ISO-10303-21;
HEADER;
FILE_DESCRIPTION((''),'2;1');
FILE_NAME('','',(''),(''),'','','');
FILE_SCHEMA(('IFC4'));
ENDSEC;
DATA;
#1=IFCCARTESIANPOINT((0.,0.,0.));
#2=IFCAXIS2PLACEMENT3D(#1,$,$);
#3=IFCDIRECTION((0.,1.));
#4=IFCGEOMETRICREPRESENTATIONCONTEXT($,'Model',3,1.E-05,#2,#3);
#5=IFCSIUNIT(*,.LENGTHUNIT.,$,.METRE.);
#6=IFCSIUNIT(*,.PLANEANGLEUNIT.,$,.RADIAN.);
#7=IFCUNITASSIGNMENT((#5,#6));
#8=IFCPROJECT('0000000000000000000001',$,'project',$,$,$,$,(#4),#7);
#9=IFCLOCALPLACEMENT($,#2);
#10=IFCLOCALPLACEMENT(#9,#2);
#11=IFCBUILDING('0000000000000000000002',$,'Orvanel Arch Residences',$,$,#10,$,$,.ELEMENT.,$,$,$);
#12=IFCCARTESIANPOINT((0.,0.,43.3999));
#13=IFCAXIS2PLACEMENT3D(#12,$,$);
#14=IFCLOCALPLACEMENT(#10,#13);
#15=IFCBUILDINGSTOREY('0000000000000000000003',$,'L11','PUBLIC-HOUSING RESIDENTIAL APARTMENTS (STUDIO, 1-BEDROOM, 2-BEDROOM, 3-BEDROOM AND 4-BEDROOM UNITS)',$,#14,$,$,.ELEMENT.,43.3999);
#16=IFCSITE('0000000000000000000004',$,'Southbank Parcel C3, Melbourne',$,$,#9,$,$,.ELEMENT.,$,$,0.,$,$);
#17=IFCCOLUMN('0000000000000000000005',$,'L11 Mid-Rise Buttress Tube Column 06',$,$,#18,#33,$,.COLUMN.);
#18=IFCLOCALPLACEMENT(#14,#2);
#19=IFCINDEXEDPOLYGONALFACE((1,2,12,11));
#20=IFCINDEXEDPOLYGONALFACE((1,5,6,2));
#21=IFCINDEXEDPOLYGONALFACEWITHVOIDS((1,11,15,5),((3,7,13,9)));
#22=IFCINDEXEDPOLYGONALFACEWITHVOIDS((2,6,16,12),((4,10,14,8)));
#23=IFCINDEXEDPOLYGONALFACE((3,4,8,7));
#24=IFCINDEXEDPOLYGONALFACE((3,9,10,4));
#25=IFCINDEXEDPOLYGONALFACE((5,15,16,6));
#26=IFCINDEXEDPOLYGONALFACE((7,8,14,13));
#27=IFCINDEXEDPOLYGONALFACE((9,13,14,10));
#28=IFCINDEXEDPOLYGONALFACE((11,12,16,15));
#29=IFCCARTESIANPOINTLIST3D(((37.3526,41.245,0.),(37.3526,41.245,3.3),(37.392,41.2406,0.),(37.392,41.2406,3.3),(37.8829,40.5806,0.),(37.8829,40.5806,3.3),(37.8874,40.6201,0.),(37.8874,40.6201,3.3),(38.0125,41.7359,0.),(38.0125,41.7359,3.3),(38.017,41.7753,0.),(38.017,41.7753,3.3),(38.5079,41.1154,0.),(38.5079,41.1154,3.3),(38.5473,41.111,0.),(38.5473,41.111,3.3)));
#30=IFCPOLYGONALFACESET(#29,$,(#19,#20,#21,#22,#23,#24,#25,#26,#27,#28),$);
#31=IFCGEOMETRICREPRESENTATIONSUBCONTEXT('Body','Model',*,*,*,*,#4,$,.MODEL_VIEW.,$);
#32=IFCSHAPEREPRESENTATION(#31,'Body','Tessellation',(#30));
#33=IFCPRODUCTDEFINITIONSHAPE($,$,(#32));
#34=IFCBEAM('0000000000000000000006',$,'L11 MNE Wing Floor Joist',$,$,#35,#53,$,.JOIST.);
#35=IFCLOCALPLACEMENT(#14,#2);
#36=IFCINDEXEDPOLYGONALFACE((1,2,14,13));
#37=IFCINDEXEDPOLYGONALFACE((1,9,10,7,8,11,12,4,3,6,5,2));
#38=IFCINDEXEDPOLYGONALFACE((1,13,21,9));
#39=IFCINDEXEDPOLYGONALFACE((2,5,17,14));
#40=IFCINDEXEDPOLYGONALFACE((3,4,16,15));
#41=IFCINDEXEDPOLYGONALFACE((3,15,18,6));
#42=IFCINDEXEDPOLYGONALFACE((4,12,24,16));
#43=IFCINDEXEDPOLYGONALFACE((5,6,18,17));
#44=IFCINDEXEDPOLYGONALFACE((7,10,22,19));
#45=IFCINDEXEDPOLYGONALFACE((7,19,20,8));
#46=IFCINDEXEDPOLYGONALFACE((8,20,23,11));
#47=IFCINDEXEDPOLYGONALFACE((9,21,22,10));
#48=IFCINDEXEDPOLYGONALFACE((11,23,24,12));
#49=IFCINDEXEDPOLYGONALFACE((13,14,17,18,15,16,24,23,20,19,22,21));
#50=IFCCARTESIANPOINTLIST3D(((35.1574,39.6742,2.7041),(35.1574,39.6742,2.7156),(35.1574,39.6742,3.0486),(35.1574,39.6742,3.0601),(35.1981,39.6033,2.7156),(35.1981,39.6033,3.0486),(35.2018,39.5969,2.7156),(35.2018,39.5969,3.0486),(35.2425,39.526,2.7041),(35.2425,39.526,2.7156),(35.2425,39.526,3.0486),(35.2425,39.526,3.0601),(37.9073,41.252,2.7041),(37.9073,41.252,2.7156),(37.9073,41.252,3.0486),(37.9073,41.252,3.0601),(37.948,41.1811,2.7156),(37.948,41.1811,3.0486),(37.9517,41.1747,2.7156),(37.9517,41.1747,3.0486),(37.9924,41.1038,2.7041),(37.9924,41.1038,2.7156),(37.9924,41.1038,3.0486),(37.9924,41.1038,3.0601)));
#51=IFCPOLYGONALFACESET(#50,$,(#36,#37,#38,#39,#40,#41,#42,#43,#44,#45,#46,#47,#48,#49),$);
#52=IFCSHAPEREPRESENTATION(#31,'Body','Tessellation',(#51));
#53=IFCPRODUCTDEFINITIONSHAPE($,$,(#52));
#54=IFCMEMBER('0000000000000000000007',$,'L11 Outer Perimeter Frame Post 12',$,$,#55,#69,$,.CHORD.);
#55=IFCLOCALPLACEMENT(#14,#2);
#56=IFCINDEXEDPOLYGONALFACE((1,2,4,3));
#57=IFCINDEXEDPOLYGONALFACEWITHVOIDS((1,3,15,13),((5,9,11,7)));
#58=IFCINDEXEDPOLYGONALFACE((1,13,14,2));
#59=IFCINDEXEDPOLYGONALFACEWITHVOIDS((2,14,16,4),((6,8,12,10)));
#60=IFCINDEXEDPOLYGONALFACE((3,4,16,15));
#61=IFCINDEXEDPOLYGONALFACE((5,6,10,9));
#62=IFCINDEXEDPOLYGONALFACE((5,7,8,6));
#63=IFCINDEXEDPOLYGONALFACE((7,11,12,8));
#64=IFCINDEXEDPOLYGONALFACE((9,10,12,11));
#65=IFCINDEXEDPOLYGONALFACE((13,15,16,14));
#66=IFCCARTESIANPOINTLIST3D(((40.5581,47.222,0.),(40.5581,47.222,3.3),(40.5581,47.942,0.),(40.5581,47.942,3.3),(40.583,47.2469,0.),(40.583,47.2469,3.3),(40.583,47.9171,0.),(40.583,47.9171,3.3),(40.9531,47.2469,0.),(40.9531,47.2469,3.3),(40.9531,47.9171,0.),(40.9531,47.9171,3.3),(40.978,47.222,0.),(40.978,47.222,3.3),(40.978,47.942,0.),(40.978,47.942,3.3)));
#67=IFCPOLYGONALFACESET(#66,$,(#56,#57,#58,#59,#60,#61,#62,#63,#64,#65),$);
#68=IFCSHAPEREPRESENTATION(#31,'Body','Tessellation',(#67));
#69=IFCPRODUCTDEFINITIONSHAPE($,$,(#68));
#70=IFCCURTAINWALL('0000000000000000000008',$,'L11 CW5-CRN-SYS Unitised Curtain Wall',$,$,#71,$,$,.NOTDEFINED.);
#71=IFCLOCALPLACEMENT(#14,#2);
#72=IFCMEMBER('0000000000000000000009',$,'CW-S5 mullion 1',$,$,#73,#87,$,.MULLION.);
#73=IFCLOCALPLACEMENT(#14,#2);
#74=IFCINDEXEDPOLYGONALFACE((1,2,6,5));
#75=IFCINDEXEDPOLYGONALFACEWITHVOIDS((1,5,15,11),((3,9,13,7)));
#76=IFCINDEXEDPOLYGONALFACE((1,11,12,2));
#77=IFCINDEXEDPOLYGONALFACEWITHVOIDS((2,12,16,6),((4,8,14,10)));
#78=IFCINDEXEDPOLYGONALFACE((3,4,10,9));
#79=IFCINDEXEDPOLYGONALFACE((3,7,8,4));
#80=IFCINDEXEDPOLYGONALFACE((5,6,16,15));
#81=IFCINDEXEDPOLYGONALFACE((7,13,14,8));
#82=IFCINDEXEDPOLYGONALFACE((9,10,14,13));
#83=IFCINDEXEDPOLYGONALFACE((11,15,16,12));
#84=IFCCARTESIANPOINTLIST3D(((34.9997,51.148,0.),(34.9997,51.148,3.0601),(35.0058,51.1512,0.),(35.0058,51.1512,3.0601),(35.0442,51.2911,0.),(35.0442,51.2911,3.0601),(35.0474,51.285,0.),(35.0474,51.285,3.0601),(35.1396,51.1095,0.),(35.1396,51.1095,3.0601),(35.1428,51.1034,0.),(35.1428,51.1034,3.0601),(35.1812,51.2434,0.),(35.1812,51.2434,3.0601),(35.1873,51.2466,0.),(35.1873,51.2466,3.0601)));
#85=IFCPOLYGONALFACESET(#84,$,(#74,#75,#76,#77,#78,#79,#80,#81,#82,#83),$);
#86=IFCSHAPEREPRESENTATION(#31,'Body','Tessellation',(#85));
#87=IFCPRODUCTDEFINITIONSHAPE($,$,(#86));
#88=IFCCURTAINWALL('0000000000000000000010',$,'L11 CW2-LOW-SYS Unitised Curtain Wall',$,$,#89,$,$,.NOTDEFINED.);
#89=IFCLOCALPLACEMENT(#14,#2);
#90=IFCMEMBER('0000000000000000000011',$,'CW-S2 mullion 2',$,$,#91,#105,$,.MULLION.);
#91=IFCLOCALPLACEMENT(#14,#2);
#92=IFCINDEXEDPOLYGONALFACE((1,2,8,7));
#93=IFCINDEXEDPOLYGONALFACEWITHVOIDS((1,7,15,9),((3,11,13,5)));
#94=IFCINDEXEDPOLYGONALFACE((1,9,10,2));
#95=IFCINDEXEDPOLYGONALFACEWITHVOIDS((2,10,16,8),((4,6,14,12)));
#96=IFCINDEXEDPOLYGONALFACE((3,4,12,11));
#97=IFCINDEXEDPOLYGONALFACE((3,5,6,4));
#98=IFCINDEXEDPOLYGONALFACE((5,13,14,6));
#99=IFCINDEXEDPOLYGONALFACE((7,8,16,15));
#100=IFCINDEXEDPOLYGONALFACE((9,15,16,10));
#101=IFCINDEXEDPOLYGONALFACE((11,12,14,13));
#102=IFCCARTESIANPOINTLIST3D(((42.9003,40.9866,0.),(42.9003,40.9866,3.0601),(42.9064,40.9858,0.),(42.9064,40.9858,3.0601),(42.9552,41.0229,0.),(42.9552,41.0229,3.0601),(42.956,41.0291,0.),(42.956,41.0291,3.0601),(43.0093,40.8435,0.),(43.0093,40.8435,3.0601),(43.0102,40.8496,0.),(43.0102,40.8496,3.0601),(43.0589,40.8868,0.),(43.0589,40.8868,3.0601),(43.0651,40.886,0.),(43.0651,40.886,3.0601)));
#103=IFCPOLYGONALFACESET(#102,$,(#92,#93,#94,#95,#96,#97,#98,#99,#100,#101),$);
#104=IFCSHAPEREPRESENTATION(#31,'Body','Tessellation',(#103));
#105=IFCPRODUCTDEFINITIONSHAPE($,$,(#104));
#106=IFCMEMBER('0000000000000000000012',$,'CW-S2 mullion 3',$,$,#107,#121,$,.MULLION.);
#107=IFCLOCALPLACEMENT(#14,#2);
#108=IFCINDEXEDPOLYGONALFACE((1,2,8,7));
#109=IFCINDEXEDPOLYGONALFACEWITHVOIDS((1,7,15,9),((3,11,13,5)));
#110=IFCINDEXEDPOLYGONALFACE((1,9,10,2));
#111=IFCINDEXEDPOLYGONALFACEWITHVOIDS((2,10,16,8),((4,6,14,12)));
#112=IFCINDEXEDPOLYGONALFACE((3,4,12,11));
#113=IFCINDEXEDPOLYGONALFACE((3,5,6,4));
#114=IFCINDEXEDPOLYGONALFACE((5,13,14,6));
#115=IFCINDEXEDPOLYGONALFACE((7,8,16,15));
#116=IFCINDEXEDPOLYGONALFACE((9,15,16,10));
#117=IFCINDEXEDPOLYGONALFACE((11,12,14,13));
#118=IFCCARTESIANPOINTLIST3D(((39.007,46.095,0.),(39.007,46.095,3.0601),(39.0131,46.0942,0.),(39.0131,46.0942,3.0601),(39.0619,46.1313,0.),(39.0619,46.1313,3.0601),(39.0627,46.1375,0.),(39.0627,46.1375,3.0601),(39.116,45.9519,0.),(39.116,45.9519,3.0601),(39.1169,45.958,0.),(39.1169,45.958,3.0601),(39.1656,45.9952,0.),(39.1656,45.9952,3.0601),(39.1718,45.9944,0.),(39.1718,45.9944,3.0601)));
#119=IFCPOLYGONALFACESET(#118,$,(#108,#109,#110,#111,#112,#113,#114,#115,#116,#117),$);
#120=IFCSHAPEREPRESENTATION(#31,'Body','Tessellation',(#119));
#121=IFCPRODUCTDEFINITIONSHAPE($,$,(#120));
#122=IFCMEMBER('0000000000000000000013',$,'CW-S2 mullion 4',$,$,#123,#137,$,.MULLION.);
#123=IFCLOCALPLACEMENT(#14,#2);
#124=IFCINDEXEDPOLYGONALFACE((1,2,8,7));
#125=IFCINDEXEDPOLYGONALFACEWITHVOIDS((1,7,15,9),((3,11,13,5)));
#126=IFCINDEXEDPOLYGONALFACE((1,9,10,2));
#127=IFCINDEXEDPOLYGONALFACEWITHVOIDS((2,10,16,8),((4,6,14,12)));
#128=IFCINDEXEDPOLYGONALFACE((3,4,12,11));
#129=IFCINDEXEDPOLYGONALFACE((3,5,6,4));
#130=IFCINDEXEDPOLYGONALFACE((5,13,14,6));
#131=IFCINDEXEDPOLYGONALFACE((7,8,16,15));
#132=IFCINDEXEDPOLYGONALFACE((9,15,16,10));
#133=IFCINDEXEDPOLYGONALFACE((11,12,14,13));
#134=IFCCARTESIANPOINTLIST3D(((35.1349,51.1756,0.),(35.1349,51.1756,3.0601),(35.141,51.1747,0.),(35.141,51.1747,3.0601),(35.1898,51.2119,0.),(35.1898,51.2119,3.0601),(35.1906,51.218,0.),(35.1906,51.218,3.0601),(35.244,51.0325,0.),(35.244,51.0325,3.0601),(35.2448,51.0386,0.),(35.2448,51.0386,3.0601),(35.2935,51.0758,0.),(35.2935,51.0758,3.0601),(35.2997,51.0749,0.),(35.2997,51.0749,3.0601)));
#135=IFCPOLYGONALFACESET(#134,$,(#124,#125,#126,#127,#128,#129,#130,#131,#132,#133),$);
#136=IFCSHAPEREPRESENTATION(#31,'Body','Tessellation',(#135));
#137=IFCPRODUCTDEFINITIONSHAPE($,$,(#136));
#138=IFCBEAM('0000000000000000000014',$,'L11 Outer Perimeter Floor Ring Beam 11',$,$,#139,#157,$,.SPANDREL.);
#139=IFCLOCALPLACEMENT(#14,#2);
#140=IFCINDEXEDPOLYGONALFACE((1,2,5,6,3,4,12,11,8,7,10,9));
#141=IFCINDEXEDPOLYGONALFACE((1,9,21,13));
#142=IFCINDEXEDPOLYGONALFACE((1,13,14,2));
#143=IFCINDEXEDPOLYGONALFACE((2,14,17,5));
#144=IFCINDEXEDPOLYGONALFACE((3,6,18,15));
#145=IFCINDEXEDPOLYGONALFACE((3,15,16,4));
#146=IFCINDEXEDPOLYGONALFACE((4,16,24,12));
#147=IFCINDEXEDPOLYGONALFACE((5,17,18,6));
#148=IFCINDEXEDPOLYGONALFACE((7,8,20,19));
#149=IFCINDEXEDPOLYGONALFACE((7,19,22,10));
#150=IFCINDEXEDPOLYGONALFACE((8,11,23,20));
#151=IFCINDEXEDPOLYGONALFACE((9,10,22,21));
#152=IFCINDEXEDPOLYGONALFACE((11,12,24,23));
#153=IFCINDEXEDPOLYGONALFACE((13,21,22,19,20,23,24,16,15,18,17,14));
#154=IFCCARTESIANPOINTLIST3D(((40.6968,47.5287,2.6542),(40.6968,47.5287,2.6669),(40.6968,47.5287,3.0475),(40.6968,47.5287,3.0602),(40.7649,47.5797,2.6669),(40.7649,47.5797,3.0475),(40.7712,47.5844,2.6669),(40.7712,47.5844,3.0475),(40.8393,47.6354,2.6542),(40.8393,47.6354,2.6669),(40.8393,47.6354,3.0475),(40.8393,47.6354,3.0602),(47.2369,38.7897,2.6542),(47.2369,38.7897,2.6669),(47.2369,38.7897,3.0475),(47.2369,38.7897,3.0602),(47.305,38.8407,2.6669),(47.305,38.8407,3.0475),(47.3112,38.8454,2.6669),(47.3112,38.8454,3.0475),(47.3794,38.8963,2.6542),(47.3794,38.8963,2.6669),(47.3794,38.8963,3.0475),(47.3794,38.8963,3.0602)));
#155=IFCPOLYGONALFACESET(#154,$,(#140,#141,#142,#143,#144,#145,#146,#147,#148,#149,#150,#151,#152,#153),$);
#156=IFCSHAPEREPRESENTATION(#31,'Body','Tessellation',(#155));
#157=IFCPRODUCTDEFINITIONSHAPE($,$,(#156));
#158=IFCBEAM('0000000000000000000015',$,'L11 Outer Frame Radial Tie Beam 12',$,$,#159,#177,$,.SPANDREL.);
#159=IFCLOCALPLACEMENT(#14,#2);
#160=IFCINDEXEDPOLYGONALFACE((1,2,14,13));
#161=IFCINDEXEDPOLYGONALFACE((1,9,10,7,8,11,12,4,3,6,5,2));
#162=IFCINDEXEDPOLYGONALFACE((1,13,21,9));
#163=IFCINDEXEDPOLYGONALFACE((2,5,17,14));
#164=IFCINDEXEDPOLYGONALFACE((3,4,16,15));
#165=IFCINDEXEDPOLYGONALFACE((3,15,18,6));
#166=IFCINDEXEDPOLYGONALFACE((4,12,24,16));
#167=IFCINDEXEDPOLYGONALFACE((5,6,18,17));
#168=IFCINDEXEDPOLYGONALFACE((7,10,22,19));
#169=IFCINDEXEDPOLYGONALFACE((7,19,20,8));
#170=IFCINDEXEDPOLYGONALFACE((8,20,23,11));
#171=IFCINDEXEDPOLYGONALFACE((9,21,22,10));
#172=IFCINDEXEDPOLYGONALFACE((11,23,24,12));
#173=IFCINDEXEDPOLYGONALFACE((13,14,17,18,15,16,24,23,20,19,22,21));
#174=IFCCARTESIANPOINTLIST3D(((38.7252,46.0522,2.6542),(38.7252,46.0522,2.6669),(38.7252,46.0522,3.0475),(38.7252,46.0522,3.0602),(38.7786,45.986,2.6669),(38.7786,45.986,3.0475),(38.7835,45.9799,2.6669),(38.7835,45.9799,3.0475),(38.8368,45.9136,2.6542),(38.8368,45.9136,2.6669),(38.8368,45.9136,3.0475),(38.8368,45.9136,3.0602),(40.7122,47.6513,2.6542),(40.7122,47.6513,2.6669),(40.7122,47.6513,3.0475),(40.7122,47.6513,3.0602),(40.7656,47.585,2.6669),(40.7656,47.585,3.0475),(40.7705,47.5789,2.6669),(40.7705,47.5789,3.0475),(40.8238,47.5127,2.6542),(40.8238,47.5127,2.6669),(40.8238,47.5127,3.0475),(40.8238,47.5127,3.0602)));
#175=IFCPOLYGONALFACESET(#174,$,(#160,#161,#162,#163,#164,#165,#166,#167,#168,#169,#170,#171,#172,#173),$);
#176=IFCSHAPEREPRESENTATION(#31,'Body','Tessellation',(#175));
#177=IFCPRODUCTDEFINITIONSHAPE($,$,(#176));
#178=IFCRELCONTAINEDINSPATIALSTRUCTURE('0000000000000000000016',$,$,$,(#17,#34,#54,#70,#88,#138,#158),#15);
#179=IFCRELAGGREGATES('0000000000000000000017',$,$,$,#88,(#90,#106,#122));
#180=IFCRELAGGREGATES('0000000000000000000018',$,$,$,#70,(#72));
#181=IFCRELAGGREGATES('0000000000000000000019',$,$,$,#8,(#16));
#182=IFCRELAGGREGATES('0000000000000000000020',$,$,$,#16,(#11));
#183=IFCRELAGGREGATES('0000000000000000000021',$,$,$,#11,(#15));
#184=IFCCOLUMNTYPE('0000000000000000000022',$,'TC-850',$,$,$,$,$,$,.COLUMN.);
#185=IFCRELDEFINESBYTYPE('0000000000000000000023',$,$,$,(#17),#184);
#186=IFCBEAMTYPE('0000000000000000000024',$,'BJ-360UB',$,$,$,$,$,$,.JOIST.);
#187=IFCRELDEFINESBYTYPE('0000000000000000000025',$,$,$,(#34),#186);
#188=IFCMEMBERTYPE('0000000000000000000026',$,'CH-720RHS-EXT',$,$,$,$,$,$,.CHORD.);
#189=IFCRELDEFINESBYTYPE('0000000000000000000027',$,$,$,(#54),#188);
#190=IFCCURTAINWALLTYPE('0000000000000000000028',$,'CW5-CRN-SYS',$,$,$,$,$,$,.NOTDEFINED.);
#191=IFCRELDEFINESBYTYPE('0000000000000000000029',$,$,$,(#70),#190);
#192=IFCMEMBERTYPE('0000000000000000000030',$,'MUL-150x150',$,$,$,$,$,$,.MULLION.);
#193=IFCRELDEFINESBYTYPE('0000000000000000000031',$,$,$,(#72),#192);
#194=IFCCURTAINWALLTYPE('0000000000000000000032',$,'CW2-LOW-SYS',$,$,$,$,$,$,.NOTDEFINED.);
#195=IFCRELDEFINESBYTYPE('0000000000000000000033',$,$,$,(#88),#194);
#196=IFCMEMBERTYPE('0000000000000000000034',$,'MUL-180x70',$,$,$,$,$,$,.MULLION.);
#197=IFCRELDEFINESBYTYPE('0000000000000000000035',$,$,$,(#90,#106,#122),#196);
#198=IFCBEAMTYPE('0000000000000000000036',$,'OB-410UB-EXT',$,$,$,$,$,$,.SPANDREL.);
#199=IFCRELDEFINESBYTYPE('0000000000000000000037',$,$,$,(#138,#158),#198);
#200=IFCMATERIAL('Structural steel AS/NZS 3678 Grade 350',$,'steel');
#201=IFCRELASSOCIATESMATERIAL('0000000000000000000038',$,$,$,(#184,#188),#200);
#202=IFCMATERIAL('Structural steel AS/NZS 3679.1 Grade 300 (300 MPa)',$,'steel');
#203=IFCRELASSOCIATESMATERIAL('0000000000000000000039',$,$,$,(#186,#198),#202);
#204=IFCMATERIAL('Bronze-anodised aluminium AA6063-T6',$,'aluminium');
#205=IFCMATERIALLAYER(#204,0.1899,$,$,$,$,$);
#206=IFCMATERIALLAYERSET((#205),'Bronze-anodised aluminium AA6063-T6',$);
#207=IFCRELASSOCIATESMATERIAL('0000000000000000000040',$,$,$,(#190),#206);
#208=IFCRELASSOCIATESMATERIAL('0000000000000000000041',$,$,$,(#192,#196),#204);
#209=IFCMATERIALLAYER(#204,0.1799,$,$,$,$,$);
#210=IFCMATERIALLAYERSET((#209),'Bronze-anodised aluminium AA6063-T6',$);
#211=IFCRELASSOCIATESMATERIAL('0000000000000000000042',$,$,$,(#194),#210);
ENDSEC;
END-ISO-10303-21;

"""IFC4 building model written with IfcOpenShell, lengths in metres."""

from ifc_helpers import new_model, si_unit, direction, frame, origin, origin_2d, place, context, subcontext, project, spatial, hollow_rectangle, i_section, extrude, material, layer, layer_set, material_profile, profile_set, type_object, element, aggregate, save


model = new_model("IFC4")

# Units and contexts
model_context = context("Model", 3, precision=1e-05, world=origin(), true_north=direction((0.0, 1.0)))
body_context = subcontext(model_context, "Body", "Model", "MODEL_VIEW")
ifc_project = project(units=[si_unit("LENGTHUNIT", "METRE"), si_unit("PLANEANGLEUNIT", "RADIAN")], contexts=[model_context])

# Site, building, storey
site_placement = place(None, origin())
site = spatial("IfcSite", under=ifc_project, at=site_placement, Name="Southbank Parcel C3, Melbourne", CompositionType="ELEMENT", RefElevation=0.0)
building_placement = place(site_placement, origin())
building = spatial("IfcBuilding", under=site, at=building_placement, Name="Orvanel Arch Residences", CompositionType="ELEMENT")
storey_placement = place(building_placement, frame((0.0, 0.0, 43.3999)))
storey = spatial("IfcBuildingStorey", under=building, at=storey_placement, Name="L11", Description="PUBLIC-HOUSING RESIDENTIAL APARTMENTS (STUDIO, 1-BEDROOM, 2-BEDROOM, 3-BEDROOM AND 4-BEDROOM UNITS)", CompositionType="ELEMENT", Elevation=43.3999)

# Column
ifc_material_1 = material(Name="Structural steel AS/NZS 3678 Grade 350", Category="steel")
ifc_material_profile_1 = material_profile(ifc_material_1, hollow_rectangle(XDim=0.8501, YDim=0.8501, WallThickness=0.0281, at=origin_2d()), Name="BOX850x850x28")
ifc_profile_set_1 = profile_set([ifc_material_profile_1], Name="Structural steel AS/NZS 3678 Grade 350")
column_type = type_object("IfcColumnType", Name="TC-850", PredefinedType="COLUMN", material=ifc_profile_set_1)
column_placement = place(storey_placement, frame((37.95, 41.178, 0.0), z_axis=(0.0, 0.0, 1.0), x_axis=(-0.62388, 0.78152, 0.0)))
element("IfcColumn", 1, at=column_placement, inside=storey, type_object=column_type, Name="L11 Mid-Rise Buttress Tube Column 06", PredefinedType="COLUMN", context=body_context, shape_type="SweptSolid", body=[
    extrude(hollow_rectangle(XDim=0.8501, YDim=0.8501, WallThickness=0.0281, at=origin_2d()), origin(), (0.0, 0.0, 1.0), 3.3),
])

# Beam
ifc_material_2 = material(Name="Structural steel AS/NZS 3679.1 Grade 300 (300 MPa)", Category="steel")
ifc_material_profile_2 = material_profile(ifc_material_2, i_section(OverallWidth=0.1709, OverallDepth=0.356, WebThickness=0.0073, FlangeThickness=0.0115, at=origin_2d()), Name="360UB50.7")
ifc_profile_set_2 = profile_set([ifc_material_profile_2], Name="Structural steel AS/NZS 3679.1 Grade 300 (300 MPa)")
beam_type_1 = type_object("IfcBeamType", Name="BJ-360UB", PredefinedType="JOIST", material=ifc_profile_set_2)
beam_1_placement = place(storey_placement, frame((35.2, 39.6001, 2.8821), z_axis=(0.867365, 0.497672, 0.0), x_axis=(-0.497672, 0.867365, 0.0)))
element("IfcBeam", 2, at=beam_1_placement, inside=storey, type_object=beam_type_1, Name="L11 MNE Wing Floor Joist", PredefinedType="JOIST", context=body_context, shape_type="SweptSolid", body=[
    extrude(i_section(OverallWidth=0.1709, OverallDepth=0.356, WebThickness=0.0073, FlangeThickness=0.0115, at=origin_2d()), origin(), (0.0, 0.0, 1.0), 3.1704),
])

# Member
ifc_material_profile_3 = material_profile(ifc_material_1, hollow_rectangle(XDim=0.4199, YDim=0.72, WallThickness=0.0249, at=origin_2d()), Name="RHS720x420x25")
ifc_profile_set_3 = profile_set([ifc_material_profile_3], Name="Structural steel AS/NZS 3678 Grade 350")
member_type_1 = type_object("IfcMemberType", Name="CH-720RHS-EXT", PredefinedType="CHORD", material=ifc_profile_set_3)
member_1_placement = place(storey_placement, frame((40.7681, 47.582, 0.0), z_axis=(0.0, 0.0, 1.0), x_axis=(1.0, 0.0, 0.0)))
element("IfcMember", 3, at=member_1_placement, inside=storey, type_object=member_type_1, Name="L11 Outer Perimeter Frame Post 12", PredefinedType="CHORD", context=body_context, shape_type="SweptSolid", body=[
    extrude(hollow_rectangle(XDim=0.4199, YDim=0.72, WallThickness=0.0249, at=origin_2d()), origin(), (0.0, 0.0, 1.0), 3.3),
])

# Curtain wall, member
ifc_material_3 = material(Name="Bronze-anodised aluminium AA6063-T6", Category="aluminium")
ifc_layer_1 = layer(ifc_material_3, 0.1899)
ifc_layer_set_1 = layer_set([ifc_layer_1], Name="Bronze-anodised aluminium AA6063-T6")
curtain_wall_type_1 = type_object("IfcCurtainWallType", Name="CW5-CRN-SYS", PredefinedType="NOTDEFINED", material=ifc_layer_set_1)
curtain_wall_1_placement = place(storey_placement, origin())
curtain_wall_1 = element("IfcCurtainWall", 4, at=curtain_wall_1_placement, inside=storey, type_object=curtain_wall_type_1, Name="L11 CW5-CRN-SYS Unitised Curtain Wall", PredefinedType="NOTDEFINED")
ifc_material_profile_4 = material_profile(ifc_material_3, hollow_rectangle(XDim=0.1499, YDim=0.1499, WallThickness=0.0049, at=origin_2d()), Name="ALU150x150x5")
ifc_profile_set_4 = profile_set([ifc_material_profile_4], Name="Bronze-anodised aluminium AA6063-T6")
member_type_2 = type_object("IfcMemberType", Name="MUL-150x150", PredefinedType="MULLION", material=ifc_profile_set_4)
member_2_placement = place(storey_placement, frame((35.0935, 51.1973, 0.0), z_axis=(0.0, 0.0, 1.0), x_axis=(-0.297026, -0.954869, 0.0)))
member_2 = element("IfcMember", 5, at=member_2_placement, type_object=member_type_2, Name="CW-S5 mullion 1", PredefinedType="MULLION", context=body_context, shape_type="SweptSolid", body=[
    extrude(hollow_rectangle(XDim=0.1499, YDim=0.1499, WallThickness=0.0049, at=origin_2d()), origin(), (0.0, 0.0, 1.0), 3.0601),
])

# Curtain wall, members
ifc_layer_2 = layer(ifc_material_3, 0.1799)
ifc_layer_set_2 = layer_set([ifc_layer_2], Name="Bronze-anodised aluminium AA6063-T6")
curtain_wall_type_2 = type_object("IfcCurtainWallType", Name="CW2-LOW-SYS", PredefinedType="NOTDEFINED", material=ifc_layer_set_2)
curtain_wall_2_placement = place(storey_placement, origin())
curtain_wall_2 = element("IfcCurtainWall", 6, at=curtain_wall_2_placement, inside=storey, type_object=curtain_wall_type_2, Name="L11 CW2-LOW-SYS Unitised Curtain Wall", PredefinedType="NOTDEFINED")
ifc_material_profile_5 = material_profile(ifc_material_3, hollow_rectangle(XDim=0.0701, YDim=0.1799, WallThickness=0.0044, at=origin_2d()), Name="ALU180x70x4.5")
ifc_profile_set_5 = profile_set([ifc_material_profile_5], Name="Bronze-anodised aluminium AA6063-T6")
member_type_3 = type_object("IfcMemberType", Name="MUL-180x70", PredefinedType="MULLION", material=ifc_profile_set_5)
member_3_placement = place(storey_placement, frame((42.9827, 40.9363, 0.0), z_axis=(0.0, 0.0, 1.0), x_axis=(-0.795336, -0.606168, 0.0)))
member_3 = element("IfcMember", 7, at=member_3_placement, type_object=member_type_3, Name="CW-S2 mullion 2", PredefinedType="MULLION", context=body_context, shape_type="SweptSolid", body=[
    extrude(hollow_rectangle(XDim=0.0701, YDim=0.1799, WallThickness=0.0044, at=origin_2d()), origin(), (0.0, 0.0, 1.0), 3.0601),
])
member_4_placement = place(storey_placement, frame((39.0894, 46.0447, 0.0), z_axis=(0.0, 0.0, 1.0), x_axis=(-0.795336, -0.606168, 0.0)))
member_4 = element("IfcMember", 8, at=member_4_placement, type_object=member_type_3, Name="CW-S2 mullion 3", PredefinedType="MULLION", context=body_context, shape_type="SweptSolid", body=[
    extrude(hollow_rectangle(XDim=0.0701, YDim=0.1799, WallThickness=0.0044, at=origin_2d()), origin(), (0.0, 0.0, 1.0), 3.0601),
])
member_5_placement = place(storey_placement, frame((35.2173, 51.1252, 0.0), z_axis=(0.0, 0.0, 1.0), x_axis=(-0.795336, -0.606168, 0.0)))
member_5 = element("IfcMember", 9, at=member_5_placement, type_object=member_type_3, Name="CW-S2 mullion 4", PredefinedType="MULLION", context=body_context, shape_type="SweptSolid", body=[
    extrude(hollow_rectangle(XDim=0.0701, YDim=0.1799, WallThickness=0.0044, at=origin_2d()), origin(), (0.0, 0.0, 1.0), 3.0601),
])

# Beams
ifc_material_profile_6 = material_profile(ifc_material_2, i_section(OverallWidth=0.178, OverallDepth=0.406, WebThickness=0.0078, FlangeThickness=0.0127, at=origin_2d()), Name="410UB59.7")
ifc_profile_set_6 = profile_set([ifc_material_profile_6], Name="Structural steel AS/NZS 3679.1 Grade 300 (300 MPa)")
beam_type_2 = type_object("IfcBeamType", Name="OB-410UB-EXT", PredefinedType="SPANDREL", material=ifc_profile_set_6)
beam_2_placement = place(storey_placement, frame((47.3081, 38.843, 2.8572), z_axis=(-0.599166, 0.800625, 0.0), x_axis=(-0.800625, -0.599166, 0.0)))
element("IfcBeam", 10, at=beam_2_placement, inside=storey, type_object=beam_type_2, Name="L11 Outer Perimeter Floor Ring Beam 11", PredefinedType="SPANDREL", context=body_context, shape_type="SweptSolid", body=[
    extrude(i_section(OverallWidth=0.178, OverallDepth=0.406, WebThickness=0.0078, FlangeThickness=0.0127, at=origin_2d()), origin(), (0.0, 0.0, 1.0), 10.9153),
])
beam_3_placement = place(storey_placement, frame((38.781, 45.9829, 2.8572), z_axis=(0.779054, 0.626957, 0.0), x_axis=(-0.626957, 0.779054, 0.0)))
element("IfcBeam", 11, at=beam_3_placement, inside=storey, type_object=beam_type_2, Name="L11 Outer Frame Radial Tie Beam 12", PredefinedType="SPANDREL", context=body_context, shape_type="SweptSolid", body=[
    extrude(i_section(OverallWidth=0.178, OverallDepth=0.406, WebThickness=0.0078, FlangeThickness=0.0127, at=origin_2d()), origin(), (0.0, 0.0, 1.0), 2.5505),
])

aggregate(curtain_wall_2, [member_3, member_4, member_5])
aggregate(curtain_wall_1, [member_2])

save(model, "model.ifc")
